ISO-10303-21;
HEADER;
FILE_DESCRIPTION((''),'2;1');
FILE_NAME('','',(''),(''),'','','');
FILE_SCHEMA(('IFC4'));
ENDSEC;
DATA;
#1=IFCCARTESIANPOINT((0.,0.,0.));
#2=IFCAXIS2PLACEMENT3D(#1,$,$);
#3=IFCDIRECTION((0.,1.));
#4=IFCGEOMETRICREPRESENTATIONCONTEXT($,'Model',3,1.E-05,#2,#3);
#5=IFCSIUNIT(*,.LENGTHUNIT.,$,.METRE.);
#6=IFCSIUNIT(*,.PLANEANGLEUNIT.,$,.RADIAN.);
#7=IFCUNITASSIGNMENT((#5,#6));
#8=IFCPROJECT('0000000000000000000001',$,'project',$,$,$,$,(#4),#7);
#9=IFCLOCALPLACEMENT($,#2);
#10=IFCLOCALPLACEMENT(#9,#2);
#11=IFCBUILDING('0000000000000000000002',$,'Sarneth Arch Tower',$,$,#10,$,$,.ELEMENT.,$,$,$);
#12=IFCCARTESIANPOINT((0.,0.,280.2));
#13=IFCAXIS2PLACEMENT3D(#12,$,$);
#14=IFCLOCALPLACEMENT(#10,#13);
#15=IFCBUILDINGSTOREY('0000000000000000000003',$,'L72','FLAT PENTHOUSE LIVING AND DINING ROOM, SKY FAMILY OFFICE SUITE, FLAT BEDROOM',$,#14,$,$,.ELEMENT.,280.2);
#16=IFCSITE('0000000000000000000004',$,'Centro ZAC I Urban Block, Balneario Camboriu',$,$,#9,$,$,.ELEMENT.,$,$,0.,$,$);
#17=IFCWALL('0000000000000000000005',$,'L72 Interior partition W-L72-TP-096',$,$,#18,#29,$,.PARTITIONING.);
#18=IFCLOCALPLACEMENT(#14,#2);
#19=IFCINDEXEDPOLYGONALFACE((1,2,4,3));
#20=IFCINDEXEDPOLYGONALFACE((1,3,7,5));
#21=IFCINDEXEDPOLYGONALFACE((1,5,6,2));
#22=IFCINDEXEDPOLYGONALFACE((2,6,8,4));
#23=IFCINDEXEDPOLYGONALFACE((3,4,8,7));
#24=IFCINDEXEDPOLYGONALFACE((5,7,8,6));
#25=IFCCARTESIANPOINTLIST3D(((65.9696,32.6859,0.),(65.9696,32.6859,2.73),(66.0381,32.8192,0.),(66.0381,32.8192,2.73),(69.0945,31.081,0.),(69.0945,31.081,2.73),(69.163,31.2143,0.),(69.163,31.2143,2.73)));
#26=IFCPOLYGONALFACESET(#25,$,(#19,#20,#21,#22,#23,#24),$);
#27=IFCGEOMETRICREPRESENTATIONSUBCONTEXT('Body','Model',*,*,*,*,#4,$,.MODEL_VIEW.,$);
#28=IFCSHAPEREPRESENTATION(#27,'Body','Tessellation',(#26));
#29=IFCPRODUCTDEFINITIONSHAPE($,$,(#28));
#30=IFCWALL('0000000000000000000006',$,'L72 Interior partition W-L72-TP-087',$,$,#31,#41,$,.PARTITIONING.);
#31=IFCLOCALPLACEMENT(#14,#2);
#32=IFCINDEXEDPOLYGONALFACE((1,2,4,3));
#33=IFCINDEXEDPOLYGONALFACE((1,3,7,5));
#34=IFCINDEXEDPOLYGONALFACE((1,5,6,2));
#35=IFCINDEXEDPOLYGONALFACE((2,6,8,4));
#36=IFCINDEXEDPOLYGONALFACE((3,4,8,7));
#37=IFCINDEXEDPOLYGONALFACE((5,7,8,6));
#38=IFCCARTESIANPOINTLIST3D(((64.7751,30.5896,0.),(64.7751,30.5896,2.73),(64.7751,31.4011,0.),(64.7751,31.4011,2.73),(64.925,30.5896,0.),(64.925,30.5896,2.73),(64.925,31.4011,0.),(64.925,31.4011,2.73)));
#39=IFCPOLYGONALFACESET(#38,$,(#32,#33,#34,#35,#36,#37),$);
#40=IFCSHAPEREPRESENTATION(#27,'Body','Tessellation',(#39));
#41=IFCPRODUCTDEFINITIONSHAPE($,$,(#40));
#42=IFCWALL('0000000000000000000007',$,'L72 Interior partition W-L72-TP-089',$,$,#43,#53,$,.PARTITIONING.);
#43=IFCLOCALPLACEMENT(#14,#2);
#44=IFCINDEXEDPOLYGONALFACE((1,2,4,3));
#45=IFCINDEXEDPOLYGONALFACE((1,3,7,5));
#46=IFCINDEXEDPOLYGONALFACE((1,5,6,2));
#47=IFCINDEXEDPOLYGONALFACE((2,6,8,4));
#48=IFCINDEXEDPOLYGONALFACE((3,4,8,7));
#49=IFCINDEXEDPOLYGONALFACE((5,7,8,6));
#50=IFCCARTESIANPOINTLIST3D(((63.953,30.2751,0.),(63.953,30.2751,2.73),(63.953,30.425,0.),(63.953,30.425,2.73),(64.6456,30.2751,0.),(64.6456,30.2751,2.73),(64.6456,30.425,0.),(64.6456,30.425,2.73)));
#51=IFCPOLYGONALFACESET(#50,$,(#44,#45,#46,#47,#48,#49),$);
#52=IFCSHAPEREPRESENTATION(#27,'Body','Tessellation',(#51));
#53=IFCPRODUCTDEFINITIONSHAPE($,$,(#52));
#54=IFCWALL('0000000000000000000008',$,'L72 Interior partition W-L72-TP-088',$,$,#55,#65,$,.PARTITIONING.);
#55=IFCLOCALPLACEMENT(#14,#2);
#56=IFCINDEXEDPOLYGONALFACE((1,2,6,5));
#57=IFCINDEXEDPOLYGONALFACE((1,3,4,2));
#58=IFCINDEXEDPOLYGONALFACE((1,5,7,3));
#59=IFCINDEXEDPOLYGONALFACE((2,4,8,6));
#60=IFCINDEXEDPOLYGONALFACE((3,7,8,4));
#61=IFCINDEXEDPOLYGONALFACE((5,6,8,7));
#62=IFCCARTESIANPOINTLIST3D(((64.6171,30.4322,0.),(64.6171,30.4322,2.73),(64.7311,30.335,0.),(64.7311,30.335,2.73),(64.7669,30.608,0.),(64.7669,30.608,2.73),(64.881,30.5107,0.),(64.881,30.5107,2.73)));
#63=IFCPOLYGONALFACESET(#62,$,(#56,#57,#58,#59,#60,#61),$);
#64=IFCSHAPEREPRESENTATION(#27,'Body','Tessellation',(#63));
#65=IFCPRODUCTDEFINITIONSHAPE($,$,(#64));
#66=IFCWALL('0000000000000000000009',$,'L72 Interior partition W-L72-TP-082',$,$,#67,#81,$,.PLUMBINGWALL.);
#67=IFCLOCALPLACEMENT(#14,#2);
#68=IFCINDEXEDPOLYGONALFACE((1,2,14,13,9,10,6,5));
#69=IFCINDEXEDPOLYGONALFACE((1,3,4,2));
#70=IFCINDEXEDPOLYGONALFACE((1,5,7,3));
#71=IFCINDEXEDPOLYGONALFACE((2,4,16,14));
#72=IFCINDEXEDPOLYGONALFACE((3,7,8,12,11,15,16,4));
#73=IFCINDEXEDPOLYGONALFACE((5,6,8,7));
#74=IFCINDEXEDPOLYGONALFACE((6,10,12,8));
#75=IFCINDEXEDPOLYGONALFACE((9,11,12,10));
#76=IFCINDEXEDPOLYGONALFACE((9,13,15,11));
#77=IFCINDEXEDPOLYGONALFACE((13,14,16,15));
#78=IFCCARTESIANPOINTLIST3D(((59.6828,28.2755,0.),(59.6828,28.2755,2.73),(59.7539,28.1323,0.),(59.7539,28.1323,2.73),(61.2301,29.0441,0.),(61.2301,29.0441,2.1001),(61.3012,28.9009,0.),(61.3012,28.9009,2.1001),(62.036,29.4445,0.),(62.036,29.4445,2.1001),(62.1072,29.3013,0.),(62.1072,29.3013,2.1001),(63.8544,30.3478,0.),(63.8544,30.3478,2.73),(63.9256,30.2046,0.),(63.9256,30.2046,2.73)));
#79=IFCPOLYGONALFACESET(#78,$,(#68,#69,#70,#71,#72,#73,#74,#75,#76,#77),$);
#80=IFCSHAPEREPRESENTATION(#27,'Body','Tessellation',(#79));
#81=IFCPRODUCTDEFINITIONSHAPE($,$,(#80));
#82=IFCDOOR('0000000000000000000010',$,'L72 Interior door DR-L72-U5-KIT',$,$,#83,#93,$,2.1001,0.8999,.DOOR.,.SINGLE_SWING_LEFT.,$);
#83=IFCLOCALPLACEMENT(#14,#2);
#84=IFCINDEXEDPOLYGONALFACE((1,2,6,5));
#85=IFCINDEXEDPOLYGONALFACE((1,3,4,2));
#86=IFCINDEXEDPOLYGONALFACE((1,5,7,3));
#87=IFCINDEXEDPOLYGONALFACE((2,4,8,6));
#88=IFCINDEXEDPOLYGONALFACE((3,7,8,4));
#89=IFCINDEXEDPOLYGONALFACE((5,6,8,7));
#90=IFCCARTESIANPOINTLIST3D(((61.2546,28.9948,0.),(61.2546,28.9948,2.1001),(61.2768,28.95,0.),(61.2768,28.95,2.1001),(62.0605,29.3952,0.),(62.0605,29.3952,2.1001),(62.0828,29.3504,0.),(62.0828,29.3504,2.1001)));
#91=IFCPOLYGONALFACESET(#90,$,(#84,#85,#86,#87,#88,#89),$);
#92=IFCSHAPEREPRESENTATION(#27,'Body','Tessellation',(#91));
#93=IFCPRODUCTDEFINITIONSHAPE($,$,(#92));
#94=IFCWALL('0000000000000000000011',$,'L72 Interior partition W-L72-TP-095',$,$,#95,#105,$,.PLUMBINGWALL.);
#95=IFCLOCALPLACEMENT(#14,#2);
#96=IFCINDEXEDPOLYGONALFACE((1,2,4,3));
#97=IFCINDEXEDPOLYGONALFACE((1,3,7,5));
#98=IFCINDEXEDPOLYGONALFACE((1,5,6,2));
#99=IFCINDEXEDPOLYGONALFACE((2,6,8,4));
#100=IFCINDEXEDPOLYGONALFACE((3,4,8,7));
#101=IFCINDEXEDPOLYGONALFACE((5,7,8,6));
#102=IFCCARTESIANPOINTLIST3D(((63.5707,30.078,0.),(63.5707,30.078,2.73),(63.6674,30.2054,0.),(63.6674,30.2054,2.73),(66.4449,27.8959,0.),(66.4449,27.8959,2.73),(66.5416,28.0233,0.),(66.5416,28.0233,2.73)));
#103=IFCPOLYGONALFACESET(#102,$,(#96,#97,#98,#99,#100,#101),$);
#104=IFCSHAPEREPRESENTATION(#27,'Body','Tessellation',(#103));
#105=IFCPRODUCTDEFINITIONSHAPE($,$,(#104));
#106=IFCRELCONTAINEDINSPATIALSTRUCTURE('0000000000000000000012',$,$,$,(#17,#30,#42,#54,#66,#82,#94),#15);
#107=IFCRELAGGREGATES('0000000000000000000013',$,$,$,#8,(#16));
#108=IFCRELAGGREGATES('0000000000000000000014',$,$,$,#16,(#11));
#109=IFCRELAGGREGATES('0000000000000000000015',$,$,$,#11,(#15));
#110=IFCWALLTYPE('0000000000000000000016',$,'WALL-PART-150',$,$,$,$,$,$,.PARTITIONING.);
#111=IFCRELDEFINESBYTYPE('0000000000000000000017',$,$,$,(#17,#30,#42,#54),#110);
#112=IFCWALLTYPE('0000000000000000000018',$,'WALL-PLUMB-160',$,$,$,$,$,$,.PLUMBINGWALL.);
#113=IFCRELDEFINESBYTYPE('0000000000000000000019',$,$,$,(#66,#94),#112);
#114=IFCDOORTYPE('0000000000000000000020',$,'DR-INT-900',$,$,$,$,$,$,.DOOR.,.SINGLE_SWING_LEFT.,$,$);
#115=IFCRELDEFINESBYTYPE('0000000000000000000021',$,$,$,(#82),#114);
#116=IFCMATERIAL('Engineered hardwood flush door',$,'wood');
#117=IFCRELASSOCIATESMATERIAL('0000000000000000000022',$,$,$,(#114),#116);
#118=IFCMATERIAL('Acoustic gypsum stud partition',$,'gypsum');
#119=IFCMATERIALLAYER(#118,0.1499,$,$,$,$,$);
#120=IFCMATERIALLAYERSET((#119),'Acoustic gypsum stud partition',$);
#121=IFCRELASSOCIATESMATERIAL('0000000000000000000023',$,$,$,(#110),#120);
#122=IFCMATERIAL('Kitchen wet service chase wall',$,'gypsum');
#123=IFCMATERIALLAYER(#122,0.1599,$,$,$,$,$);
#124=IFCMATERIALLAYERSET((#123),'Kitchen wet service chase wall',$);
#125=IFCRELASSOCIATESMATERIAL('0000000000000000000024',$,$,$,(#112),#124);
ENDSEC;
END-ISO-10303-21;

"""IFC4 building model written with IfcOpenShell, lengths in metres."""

from ifc_helpers import new_model, si_unit, direction, frame, frame_2d, origin, place, context, subcontext, project, spatial, rectangle, extrude, material, layer, layer_set, type_object, element, fill, save


model = new_model("IFC4")

# Units and contexts
model_context = context("Model", 3, precision=1e-05, world=origin(), true_north=direction((0.0, 1.0)))
body_context = subcontext(model_context, "Body", "Model", "MODEL_VIEW")
ifc_project = project(units=[si_unit("LENGTHUNIT", "METRE"), si_unit("PLANEANGLEUNIT", "RADIAN")], contexts=[model_context])

# Site, building, storey
site_placement = place(None, origin())
site = spatial("IfcSite", under=ifc_project, at=site_placement, Name="Centro ZAC I Urban Block, Balneario Camboriu", CompositionType="ELEMENT", RefElevation=0.0)
building_placement = place(site_placement, origin())
building = spatial("IfcBuilding", under=site, at=building_placement, Name="Sarneth Arch Tower", CompositionType="ELEMENT")
storey_placement = place(building_placement, frame((0.0, 0.0, 280.2)))
storey = spatial("IfcBuildingStorey", under=building, at=storey_placement, Name="L72", Description="FLAT PENTHOUSE LIVING AND DINING ROOM, SKY FAMILY OFFICE SUITE, FLAT BEDROOM", CompositionType="ELEMENT", Elevation=280.2)

# Shared definitions
ifc_material_1 = material(Name="Engineered hardwood flush door", Category="wood")
door_type = type_object("IfcDoorType", Name="DR-INT-900", OperationType="SINGLE_SWING_LEFT", PredefinedType="DOOR", material=ifc_material_1)

# Walls
ifc_material_2 = material(Name="Acoustic gypsum stud partition", Category="gypsum")
ifc_layer_1 = layer(ifc_material_2, 0.1499)
ifc_layer_set_1 = layer_set([ifc_layer_1], Name="Acoustic gypsum stud partition")
wall_type_1 = type_object("IfcWallType", Name="WALL-PART-150", PredefinedType="PARTITIONING", material=ifc_layer_set_1)
wall_1_placement = place(storey_placement, frame((69.1287, 31.1477, 0.0), z_axis=(0.0, 0.0, 1.0), x_axis=(-0.889538, 0.456861, 0.0)))
element("IfcWall", 1, at=wall_1_placement, inside=storey, type_object=wall_type_1, Name="L72 Interior partition W-L72-TP-096", PredefinedType="PARTITIONING", context=body_context, shape_type="SweptSolid", body=[
    extrude(rectangle(XDim=3.5129, YDim=0.1499, at=frame_2d((1.7563, 0.0))), origin(), (0.0, 0.0, 1.0), 2.73),
])
wall_2_placement = place(storey_placement, frame((64.8501, 31.4011, 0.0), z_axis=(0.0, 0.0, 1.0), x_axis=(0.0, -1.0, 0.0)))
element("IfcWall", 2, at=wall_2_placement, inside=storey, type_object=wall_type_1, Name="L72 Interior partition W-L72-TP-087", PredefinedType="PARTITIONING", context=body_context, shape_type="SweptSolid", body=[
    extrude(rectangle(XDim=0.8115, YDim=0.1499, at=frame_2d((0.4058, 0.0))), origin(), (0.0, 0.0, 1.0), 2.73),
])
wall_3_placement = place(storey_placement, frame((64.6455, 30.3501, 0.0), z_axis=(0.0, 0.0, 1.0), x_axis=(-1.0, 0.0, 0.0)))
element("IfcWall", 3, at=wall_3_placement, inside=storey, type_object=wall_type_1, Name="L72 Interior partition W-L72-TP-089", PredefinedType="PARTITIONING", context=body_context, shape_type="SweptSolid", body=[
    extrude(rectangle(XDim=0.6926, YDim=0.1499, at=frame_2d((0.3462, 0.0))), origin(), (0.0, 0.0, 1.0), 2.73),
])
wall_4_placement = place(storey_placement, frame((64.824, 30.5593, 0.0), z_axis=(0.0, 0.0, 1.0), x_axis=(-0.648875, -0.760895, 0.0)))
element("IfcWall", 4, at=wall_4_placement, inside=storey, type_object=wall_type_1, Name="L72 Interior partition W-L72-TP-088", PredefinedType="PARTITIONING", context=body_context, shape_type="SweptSolid", body=[
    extrude(rectangle(XDim=0.231, YDim=0.1499, at=frame_2d((0.1155, 0.0))), origin(), (0.0, 0.0, 1.0), 2.73),
])

# Wall, opening, door
ifc_material_3 = material(Name="Kitchen wet service chase wall", Category="gypsum")
ifc_layer_2 = layer(ifc_material_3, 0.1599)
ifc_layer_set_2 = layer_set([ifc_layer_2], Name="Kitchen wet service chase wall")
wall_type_2 = type_object("IfcWallType", Name="WALL-PLUMB-160", PredefinedType="PLUMBINGWALL", material=ifc_layer_set_2)
wall_5_placement = place(storey_placement, frame((59.7183, 28.2039, 0.0), z_axis=(0.0, 0.0, 1.0), x_axis=(0.895588, 0.444885, 0.0)))
wall_5 = element("IfcWall", 5, at=wall_5_placement, inside=storey, type_object=wall_type_2, Name="L72 Interior partition W-L72-TP-082", PredefinedType="PLUMBINGWALL", context=body_context, shape_type="SweptSolid", body=[
    extrude(rectangle(XDim=4.658, YDim=0.1599, at=frame_2d((2.3291, 0.0))), origin(), (0.0, 0.0, 1.0), 2.73),
])
opening_1_placement = place(wall_5_placement, frame((1.7278, 0.0, 0.0)))
opening_1 = element("IfcOpeningElement", 6, at=opening_1_placement, cuts=wall_5, PredefinedType="OPENING", context=body_context, shape_type="SweptSolid", body=[
    extrude(rectangle(XDim=0.8999, YDim=2.1001, at=frame_2d((0.45, 1.05))), frame((0.0, 0.0898, 0.0), z_axis=(0.0, -1.0, 0.0), x_axis=(1.0, 0.0, 0.0)), (0.0, 0.0, 1.0), 0.1799),
])
door_1_placement = place(opening_1_placement, origin())
door_1 = element("IfcDoor", 7, at=door_1_placement, inside=storey, type_object=door_type, Name="L72 Interior door DR-L72-U5-KIT", OperationType="SINGLE_SWING_LEFT", OverallHeight=2.1001, OverallWidth=0.8999, PredefinedType="DOOR", context=body_context, shape_type="SweptSolid", body=[
    extrude(rectangle(XDim=0.8999, YDim=2.1001, at=frame_2d((0.45, 1.05))), frame((0.0, 0.0249, 0.0), z_axis=(0.0, -1.0, 0.0), x_axis=(1.0, 0.0, 0.0)), (0.0, 0.0, 1.0), 0.05),
])
fill(opening_1, door_1)

# Wall
wall_6_placement = place(storey_placement, frame((63.6191, 30.1416, 0.0), z_axis=(0.0, 0.0, 1.0), x_axis=(0.796471, -0.604677, 0.0)))
element("IfcWall", 8, at=wall_6_placement, inside=storey, type_object=wall_type_2, Name="L72 Interior partition W-L72-TP-095", PredefinedType="PLUMBINGWALL", context=body_context, shape_type="SweptSolid", body=[
    extrude(rectangle(XDim=3.6086, YDim=0.1599, at=frame_2d((1.8042, 0.0))), origin(), (0.0, 0.0, 1.0), 2.73),
])

save(model, "model.ifc")
